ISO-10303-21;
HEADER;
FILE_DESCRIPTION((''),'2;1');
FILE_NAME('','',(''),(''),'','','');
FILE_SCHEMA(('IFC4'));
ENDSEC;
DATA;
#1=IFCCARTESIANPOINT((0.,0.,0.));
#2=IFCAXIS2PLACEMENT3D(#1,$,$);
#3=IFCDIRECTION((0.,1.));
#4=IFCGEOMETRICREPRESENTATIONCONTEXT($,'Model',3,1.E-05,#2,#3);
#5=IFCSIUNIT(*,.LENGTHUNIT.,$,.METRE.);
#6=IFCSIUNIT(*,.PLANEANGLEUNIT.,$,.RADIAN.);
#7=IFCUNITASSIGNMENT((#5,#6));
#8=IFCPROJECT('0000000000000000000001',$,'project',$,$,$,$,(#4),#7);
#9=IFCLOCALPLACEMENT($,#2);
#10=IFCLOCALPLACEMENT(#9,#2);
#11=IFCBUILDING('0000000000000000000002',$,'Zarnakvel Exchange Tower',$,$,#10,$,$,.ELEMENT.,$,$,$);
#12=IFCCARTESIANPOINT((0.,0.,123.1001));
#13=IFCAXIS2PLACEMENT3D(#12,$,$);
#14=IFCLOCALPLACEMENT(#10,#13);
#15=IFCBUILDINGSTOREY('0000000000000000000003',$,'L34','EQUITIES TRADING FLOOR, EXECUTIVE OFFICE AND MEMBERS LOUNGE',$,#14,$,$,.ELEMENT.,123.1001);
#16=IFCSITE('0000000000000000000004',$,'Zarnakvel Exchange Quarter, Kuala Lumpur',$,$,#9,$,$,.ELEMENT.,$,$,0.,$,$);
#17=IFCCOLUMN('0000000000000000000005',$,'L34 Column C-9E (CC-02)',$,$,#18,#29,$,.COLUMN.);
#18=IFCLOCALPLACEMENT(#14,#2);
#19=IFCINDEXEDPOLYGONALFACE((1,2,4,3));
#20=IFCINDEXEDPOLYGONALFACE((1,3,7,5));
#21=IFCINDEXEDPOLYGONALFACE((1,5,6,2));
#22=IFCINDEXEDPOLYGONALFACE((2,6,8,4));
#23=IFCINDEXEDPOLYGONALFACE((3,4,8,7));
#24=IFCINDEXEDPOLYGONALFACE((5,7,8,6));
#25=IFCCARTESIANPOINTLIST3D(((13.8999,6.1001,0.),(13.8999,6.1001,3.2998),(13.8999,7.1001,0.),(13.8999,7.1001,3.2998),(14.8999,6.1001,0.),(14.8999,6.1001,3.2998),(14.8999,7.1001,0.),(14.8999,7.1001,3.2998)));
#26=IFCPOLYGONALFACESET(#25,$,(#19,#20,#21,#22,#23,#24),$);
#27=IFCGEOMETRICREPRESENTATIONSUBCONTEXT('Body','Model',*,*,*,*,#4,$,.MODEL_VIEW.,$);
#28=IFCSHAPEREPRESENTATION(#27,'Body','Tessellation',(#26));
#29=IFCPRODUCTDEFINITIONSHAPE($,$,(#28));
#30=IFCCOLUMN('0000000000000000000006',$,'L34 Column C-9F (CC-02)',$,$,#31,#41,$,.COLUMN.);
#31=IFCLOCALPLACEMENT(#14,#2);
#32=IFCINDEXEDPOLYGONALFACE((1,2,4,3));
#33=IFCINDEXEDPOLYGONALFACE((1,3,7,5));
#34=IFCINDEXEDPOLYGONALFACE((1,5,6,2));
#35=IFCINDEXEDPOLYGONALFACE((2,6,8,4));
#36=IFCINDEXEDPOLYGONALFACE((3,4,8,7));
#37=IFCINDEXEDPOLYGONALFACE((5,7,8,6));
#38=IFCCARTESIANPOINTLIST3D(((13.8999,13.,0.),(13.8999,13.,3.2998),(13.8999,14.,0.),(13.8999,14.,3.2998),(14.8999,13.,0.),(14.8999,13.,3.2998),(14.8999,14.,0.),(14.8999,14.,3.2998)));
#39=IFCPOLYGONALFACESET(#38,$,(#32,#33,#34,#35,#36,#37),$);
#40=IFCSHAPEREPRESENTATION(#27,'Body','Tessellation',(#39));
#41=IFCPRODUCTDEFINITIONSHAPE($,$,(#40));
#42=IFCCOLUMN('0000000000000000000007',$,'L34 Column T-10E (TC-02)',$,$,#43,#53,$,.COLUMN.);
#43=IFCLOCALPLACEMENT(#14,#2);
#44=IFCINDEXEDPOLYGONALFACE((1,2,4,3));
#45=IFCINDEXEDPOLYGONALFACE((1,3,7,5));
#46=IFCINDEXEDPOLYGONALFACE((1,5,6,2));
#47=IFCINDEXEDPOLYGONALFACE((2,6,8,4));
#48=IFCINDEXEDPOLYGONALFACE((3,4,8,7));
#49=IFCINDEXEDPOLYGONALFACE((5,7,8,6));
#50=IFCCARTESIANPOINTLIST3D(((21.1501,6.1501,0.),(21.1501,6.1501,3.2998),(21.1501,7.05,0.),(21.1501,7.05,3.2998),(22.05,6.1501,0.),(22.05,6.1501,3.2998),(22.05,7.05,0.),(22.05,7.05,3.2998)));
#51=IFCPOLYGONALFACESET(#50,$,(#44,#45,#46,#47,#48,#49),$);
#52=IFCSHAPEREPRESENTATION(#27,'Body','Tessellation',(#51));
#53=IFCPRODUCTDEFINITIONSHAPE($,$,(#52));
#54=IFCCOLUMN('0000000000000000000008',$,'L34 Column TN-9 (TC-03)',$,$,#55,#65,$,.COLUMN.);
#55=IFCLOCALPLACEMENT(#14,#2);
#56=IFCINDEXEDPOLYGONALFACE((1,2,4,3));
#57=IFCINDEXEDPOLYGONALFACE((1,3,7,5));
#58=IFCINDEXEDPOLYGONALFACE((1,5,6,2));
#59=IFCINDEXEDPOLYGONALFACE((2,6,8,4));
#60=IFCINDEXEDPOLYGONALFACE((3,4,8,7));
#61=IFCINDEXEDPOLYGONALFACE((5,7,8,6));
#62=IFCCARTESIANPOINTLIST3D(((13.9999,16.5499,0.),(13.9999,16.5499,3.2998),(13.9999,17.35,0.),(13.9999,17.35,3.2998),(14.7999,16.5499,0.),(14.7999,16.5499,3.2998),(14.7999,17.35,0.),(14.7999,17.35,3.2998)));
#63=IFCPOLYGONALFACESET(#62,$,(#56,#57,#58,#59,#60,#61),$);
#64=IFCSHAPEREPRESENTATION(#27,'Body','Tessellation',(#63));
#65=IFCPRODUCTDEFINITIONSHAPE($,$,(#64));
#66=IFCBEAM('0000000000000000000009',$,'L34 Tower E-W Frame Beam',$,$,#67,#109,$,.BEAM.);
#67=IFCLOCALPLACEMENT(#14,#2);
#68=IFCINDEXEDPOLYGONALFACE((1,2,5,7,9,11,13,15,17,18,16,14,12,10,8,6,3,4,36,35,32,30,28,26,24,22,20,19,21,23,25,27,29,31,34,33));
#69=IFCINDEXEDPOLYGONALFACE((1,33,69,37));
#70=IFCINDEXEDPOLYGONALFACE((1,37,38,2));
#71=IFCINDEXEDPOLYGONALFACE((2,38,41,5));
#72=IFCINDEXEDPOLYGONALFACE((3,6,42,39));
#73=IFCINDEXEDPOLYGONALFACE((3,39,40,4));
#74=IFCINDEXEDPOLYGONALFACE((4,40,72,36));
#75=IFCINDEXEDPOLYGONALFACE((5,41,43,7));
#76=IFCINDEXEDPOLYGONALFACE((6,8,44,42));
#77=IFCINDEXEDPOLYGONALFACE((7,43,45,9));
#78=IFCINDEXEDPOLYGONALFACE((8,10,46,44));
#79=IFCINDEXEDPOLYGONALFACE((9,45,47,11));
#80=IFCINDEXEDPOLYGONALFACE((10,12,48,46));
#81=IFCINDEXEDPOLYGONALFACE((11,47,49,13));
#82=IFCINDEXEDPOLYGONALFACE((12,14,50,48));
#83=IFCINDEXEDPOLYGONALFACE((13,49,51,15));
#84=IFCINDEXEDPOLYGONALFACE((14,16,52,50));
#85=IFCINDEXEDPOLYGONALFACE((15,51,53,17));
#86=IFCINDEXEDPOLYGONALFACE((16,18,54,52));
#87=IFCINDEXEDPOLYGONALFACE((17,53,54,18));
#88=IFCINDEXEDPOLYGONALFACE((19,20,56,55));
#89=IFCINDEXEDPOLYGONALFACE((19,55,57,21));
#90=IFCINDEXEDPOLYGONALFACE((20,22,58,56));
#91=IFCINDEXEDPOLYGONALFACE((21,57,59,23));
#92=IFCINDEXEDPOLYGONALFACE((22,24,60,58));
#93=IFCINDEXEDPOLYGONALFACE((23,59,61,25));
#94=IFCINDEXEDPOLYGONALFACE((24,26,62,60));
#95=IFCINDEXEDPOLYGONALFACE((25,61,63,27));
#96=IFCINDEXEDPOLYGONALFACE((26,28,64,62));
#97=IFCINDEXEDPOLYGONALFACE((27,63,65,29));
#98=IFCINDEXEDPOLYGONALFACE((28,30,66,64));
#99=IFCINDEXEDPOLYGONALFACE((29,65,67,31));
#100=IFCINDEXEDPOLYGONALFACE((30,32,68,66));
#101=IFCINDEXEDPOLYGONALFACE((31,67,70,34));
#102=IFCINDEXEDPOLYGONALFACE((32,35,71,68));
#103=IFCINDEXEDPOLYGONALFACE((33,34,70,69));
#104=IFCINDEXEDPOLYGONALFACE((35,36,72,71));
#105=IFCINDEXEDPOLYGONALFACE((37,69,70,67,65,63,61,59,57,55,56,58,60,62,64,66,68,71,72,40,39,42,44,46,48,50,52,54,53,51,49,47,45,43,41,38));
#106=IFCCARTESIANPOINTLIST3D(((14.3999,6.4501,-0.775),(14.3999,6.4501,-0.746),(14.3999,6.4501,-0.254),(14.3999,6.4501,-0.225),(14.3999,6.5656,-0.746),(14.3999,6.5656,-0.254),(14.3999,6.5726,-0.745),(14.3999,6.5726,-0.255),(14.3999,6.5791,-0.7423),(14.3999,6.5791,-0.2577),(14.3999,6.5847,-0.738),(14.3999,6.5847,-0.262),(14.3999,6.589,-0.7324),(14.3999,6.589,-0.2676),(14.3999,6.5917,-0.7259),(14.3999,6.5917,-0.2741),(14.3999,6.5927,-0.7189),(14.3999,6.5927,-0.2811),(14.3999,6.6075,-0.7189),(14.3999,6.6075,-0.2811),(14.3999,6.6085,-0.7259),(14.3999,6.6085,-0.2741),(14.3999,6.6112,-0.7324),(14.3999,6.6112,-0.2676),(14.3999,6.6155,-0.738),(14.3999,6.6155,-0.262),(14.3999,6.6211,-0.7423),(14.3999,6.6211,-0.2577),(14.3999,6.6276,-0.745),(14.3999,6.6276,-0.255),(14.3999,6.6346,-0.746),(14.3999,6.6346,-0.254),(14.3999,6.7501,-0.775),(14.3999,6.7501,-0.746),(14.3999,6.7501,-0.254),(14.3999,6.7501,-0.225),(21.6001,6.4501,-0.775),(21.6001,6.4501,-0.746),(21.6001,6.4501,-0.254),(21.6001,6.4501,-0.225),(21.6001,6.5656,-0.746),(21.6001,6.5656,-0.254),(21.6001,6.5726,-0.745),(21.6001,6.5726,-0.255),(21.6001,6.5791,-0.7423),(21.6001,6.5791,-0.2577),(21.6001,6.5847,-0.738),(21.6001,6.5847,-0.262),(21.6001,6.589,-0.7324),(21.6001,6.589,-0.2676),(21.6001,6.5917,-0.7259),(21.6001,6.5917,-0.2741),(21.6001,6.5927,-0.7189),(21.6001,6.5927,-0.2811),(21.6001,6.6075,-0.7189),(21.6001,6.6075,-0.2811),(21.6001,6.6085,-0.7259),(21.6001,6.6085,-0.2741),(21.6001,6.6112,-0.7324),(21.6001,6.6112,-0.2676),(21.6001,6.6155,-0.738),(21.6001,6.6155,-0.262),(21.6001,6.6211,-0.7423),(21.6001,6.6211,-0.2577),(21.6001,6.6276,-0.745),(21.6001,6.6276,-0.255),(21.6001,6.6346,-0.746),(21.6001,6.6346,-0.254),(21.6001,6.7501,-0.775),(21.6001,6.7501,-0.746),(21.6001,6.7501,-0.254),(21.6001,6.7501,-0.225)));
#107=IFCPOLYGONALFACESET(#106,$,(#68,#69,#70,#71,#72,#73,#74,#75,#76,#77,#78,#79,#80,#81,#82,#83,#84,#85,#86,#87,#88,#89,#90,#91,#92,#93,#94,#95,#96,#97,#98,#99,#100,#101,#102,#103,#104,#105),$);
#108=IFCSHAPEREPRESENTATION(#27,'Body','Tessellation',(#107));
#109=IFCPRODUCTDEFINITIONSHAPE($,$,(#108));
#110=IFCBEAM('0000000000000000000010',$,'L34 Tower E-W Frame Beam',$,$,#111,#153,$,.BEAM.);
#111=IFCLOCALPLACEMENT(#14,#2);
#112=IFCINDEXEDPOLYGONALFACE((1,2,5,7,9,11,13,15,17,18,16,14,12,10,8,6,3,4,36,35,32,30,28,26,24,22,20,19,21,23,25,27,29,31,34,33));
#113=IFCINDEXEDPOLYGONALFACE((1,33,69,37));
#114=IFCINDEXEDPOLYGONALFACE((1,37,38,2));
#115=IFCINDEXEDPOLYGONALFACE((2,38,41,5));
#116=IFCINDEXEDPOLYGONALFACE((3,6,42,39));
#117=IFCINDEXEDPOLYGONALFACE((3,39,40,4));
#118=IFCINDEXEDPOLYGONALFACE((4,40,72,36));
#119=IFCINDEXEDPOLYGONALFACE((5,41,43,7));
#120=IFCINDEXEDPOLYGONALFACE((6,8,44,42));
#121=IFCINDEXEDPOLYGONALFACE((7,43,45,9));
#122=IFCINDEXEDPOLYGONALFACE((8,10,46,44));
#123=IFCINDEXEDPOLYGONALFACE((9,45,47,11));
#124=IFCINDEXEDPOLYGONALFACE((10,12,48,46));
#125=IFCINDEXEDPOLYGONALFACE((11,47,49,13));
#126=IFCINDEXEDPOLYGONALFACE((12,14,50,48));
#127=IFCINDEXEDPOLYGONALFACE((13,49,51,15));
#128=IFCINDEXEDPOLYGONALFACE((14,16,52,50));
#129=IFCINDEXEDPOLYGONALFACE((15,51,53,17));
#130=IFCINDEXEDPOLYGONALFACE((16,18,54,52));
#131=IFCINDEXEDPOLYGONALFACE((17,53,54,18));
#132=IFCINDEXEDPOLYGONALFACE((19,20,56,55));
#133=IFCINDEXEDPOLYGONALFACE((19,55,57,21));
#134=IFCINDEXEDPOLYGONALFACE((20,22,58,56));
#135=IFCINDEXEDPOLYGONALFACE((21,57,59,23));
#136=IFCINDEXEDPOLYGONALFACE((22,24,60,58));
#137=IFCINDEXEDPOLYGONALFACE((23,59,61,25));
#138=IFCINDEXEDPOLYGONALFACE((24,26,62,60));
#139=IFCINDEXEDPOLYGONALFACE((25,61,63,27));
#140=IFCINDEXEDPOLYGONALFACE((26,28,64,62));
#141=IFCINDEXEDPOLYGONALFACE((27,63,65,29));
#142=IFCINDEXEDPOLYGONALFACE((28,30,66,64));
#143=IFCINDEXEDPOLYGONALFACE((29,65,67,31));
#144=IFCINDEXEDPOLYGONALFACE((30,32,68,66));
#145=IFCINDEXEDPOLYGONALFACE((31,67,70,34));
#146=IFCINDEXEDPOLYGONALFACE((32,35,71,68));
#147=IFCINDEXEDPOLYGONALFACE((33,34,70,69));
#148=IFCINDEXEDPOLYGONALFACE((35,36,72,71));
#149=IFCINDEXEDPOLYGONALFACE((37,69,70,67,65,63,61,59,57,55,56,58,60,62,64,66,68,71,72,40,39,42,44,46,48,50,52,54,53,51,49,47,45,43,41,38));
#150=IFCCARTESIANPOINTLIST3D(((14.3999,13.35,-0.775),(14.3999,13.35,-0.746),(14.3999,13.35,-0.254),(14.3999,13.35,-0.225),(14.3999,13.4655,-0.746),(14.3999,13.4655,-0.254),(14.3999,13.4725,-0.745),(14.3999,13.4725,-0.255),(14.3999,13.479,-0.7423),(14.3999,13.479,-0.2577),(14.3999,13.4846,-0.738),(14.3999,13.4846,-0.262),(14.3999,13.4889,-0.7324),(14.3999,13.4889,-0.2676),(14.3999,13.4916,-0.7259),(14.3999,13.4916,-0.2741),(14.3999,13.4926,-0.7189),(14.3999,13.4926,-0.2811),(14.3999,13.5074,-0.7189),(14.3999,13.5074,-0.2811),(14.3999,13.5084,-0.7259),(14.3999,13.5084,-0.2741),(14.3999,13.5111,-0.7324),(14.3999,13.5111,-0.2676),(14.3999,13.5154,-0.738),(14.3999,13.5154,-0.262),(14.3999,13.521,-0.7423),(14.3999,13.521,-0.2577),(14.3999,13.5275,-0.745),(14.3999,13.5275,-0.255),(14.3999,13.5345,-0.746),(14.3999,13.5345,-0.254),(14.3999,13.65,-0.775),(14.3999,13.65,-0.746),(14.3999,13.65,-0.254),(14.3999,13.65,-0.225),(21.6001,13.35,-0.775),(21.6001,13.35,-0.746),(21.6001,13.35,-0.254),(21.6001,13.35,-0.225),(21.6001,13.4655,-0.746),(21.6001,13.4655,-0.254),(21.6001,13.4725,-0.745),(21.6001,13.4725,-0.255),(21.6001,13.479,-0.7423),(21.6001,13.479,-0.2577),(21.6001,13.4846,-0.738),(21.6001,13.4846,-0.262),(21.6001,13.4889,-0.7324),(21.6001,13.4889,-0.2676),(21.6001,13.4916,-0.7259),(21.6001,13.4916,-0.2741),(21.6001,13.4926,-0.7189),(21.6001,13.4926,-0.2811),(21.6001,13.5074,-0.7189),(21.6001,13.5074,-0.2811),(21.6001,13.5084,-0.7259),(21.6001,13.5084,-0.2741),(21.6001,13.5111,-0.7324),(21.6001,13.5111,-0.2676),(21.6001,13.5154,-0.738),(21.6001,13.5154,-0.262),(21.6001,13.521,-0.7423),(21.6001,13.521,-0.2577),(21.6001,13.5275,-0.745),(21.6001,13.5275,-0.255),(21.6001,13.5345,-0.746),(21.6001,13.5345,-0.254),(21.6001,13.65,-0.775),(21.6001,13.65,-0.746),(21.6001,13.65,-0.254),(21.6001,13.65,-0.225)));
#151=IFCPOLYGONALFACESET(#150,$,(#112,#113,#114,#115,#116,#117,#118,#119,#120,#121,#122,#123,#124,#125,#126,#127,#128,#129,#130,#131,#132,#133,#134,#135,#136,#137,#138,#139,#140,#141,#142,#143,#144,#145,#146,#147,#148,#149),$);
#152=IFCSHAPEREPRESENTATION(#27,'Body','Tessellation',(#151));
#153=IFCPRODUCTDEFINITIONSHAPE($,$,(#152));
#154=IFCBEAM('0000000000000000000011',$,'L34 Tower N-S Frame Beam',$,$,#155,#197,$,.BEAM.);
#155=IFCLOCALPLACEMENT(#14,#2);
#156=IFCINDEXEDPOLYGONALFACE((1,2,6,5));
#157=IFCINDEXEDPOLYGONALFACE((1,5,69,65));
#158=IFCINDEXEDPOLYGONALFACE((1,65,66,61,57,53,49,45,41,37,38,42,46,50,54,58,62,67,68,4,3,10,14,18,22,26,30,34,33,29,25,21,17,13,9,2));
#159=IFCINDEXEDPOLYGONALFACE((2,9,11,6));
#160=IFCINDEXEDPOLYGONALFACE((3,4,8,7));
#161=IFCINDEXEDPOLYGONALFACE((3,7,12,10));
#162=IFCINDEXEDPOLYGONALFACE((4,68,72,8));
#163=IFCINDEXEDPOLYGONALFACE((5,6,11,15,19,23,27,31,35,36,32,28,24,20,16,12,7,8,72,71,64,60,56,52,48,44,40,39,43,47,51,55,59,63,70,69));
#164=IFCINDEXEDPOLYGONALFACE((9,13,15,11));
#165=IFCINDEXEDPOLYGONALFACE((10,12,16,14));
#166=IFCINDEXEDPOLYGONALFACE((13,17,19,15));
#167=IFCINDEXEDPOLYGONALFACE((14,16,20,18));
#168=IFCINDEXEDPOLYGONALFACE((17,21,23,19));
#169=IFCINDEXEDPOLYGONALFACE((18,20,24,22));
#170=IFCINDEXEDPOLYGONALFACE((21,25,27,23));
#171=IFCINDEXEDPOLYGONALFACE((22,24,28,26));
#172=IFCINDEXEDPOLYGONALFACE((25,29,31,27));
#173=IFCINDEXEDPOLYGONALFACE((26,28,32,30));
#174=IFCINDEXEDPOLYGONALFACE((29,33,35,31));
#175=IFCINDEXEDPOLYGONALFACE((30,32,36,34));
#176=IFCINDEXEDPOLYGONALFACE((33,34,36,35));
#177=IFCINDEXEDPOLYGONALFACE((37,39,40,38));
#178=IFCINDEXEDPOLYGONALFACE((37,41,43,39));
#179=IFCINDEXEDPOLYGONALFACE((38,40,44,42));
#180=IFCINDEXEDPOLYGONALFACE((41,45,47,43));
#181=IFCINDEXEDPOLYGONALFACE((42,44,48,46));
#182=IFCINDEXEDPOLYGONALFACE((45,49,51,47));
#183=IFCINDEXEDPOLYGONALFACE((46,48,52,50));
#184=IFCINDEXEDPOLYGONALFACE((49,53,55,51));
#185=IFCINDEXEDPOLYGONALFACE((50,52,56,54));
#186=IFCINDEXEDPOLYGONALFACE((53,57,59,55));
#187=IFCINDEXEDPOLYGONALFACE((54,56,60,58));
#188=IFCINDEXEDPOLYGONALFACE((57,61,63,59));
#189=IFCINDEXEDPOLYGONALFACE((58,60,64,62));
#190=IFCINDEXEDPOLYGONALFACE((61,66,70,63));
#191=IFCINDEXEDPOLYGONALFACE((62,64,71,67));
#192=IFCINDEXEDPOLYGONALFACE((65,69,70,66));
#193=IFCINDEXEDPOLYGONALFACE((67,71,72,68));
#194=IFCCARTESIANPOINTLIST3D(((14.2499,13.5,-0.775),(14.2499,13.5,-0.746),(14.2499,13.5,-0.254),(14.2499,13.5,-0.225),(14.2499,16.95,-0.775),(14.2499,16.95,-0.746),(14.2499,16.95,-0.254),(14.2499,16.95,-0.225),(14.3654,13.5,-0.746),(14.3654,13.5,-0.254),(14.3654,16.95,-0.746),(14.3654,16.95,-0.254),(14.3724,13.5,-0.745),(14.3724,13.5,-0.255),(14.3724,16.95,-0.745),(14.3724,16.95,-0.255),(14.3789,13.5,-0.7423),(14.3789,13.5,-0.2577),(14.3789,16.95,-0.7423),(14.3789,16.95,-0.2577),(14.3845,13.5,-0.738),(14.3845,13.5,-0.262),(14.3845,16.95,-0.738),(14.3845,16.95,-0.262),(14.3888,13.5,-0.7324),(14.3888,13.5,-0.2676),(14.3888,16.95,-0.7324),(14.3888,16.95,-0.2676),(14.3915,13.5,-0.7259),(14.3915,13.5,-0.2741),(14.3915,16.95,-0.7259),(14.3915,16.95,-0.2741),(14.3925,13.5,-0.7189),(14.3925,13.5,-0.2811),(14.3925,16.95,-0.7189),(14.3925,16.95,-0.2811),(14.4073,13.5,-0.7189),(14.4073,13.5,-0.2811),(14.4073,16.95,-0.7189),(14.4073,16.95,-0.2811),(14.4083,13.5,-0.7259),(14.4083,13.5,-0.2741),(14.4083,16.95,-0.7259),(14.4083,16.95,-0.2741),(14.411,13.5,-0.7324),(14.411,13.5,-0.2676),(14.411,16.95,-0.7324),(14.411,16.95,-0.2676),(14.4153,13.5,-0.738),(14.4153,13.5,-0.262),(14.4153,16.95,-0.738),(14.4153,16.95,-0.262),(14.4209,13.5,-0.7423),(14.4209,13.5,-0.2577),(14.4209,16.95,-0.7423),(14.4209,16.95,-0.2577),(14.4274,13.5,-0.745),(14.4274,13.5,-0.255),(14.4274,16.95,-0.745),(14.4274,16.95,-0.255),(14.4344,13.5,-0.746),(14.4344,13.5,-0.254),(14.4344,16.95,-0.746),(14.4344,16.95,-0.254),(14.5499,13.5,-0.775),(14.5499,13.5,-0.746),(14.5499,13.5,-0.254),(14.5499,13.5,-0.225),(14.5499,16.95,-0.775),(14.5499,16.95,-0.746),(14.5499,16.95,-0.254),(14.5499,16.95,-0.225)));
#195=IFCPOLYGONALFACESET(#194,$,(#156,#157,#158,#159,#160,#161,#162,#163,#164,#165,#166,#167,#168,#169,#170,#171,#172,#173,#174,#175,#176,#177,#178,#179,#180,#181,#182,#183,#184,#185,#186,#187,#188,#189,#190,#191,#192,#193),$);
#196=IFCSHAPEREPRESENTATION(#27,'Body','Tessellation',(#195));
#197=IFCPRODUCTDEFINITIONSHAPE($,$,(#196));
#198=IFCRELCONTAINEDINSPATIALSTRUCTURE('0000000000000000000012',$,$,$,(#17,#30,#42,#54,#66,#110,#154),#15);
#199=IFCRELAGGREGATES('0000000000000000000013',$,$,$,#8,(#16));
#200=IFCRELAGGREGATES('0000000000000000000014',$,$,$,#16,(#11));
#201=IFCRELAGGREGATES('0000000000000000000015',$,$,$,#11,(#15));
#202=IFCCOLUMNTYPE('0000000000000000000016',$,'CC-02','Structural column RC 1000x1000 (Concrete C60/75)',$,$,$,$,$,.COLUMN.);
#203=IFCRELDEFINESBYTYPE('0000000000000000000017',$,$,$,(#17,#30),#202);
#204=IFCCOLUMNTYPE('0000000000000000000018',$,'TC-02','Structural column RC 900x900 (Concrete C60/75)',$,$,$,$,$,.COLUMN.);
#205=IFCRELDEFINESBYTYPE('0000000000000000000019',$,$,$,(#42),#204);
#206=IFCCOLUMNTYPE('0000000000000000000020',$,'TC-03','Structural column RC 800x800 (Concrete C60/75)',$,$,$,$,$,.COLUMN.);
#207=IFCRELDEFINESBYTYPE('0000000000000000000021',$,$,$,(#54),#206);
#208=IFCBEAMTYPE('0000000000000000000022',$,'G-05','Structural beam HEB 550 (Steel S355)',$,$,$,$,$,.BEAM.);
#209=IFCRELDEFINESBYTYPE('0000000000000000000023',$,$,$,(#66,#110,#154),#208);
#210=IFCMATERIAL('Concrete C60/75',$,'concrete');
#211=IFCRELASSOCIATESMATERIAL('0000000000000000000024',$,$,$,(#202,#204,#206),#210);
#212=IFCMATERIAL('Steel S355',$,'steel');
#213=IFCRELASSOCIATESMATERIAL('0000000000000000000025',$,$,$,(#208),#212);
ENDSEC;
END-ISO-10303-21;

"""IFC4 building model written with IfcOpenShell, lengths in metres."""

from ifc_helpers import new_model, si_unit, direction, frame, origin, origin_2d, place, context, subcontext, project, spatial, rectangle, i_section, extrude, material, material_profile, profile_set, type_object, element, save


model = new_model("IFC4")

# Units and contexts
model_context = context("Model", 3, precision=1e-05, world=origin(), true_north=direction((0.0, 1.0)))
body_context = subcontext(model_context, "Body", "Model", "MODEL_VIEW")
ifc_project = project(units=[si_unit("LENGTHUNIT", "METRE"), si_unit("PLANEANGLEUNIT", "RADIAN")], contexts=[model_context])

# Site, building, storey
site_placement = place(None, origin())
site = spatial("IfcSite", under=ifc_project, at=site_placement, Name="Zarnakvel Exchange Quarter, Kuala Lumpur", CompositionType="ELEMENT", RefElevation=0.0)
building_placement = place(site_placement, origin())
building = spatial("IfcBuilding", under=site, at=building_placement, Name="Zarnakvel Exchange Tower", CompositionType="ELEMENT")
storey_placement = place(building_placement, frame((0.0, 0.0, 123.1001)))
storey = spatial("IfcBuildingStorey", under=building, at=storey_placement, Name="L34", Description="EQUITIES TRADING FLOOR, EXECUTIVE OFFICE AND MEMBERS LOUNGE", CompositionType="ELEMENT", Elevation=123.1001)

# Columns
ifc_material_1 = material(Name="Concrete C60/75", Category="concrete")
ifc_material_profile_1 = material_profile(ifc_material_1, rectangle(XDim=1.0, YDim=1.0, at=origin_2d()))
ifc_profile_set_1 = profile_set([ifc_material_profile_1], Name="Concrete C60/75")
column_type_1 = type_object("IfcColumnType", Name="CC-02", Description="Structural column RC 1000x1000 (Concrete C60/75)", PredefinedType="COLUMN", material=ifc_profile_set_1)
for number, where, z_axis, x_axis, name in (
    (1, (14.3999, 6.6001, 0.0), (0.0, 0.0, 1.0), (1.0, 0.0, 0.0), "L34 Column C-9E (CC-02)"),
    (2, (14.3999, 13.5, 0.0), (0.0, 0.0, 1.0), (1.0, 0.0, 0.0), "L34 Column C-9F (CC-02)"),
):
    element("IfcColumn", number, at=place(storey_placement, frame(where, z_axis=z_axis, x_axis=x_axis)), inside=storey, type_object=column_type_1, Name=name, PredefinedType="COLUMN", context=body_context, shape_type="SweptSolid", body=[
        extrude(rectangle(XDim=1.0, YDim=1.0, at=origin_2d()), origin(), (0.0, 0.0, 1.0), 3.2998),
    ])
ifc_material_profile_2 = material_profile(ifc_material_1, rectangle(XDim=0.8999, YDim=0.8999, at=origin_2d()))
ifc_profile_set_2 = profile_set([ifc_material_profile_2], Name="Concrete C60/75")
column_type_2 = type_object("IfcColumnType", Name="TC-02", Description="Structural column RC 900x900 (Concrete C60/75)", PredefinedType="COLUMN", material=ifc_profile_set_2)
column_1_placement = place(storey_placement, frame((21.6001, 6.6001, 0.0), z_axis=(0.0, 0.0, 1.0), x_axis=(1.0, 0.0, 0.0)))
element("IfcColumn", 3, at=column_1_placement, inside=storey, type_object=column_type_2, Name="L34 Column T-10E (TC-02)", PredefinedType="COLUMN", context=body_context, shape_type="SweptSolid", body=[
    extrude(rectangle(XDim=0.8999, YDim=0.8999, at=origin_2d()), origin(), (0.0, 0.0, 1.0), 3.2998),
])
ifc_material_profile_3 = material_profile(ifc_material_1, rectangle(XDim=0.8, YDim=0.8, at=origin_2d()))
ifc_profile_set_3 = profile_set([ifc_material_profile_3], Name="Concrete C60/75")
column_type_3 = type_object("IfcColumnType", Name="TC-03", Description="Structural column RC 800x800 (Concrete C60/75)", PredefinedType="COLUMN", material=ifc_profile_set_3)
column_2_placement = place(storey_placement, frame((14.3999, 16.95, 0.0), z_axis=(0.0, 0.0, 1.0), x_axis=(1.0, 0.0, 0.0)))
element("IfcColumn", 4, at=column_2_placement, inside=storey, type_object=column_type_3, Name="L34 Column TN-9 (TC-03)", PredefinedType="COLUMN", context=body_context, shape_type="SweptSolid", body=[
    extrude(rectangle(XDim=0.8, YDim=0.8, at=origin_2d()), origin(), (0.0, 0.0, 1.0), 3.2998),
])

# Beams
ifc_material_2 = material(Name="Steel S355", Category="steel")
ifc_material_profile_4 = material_profile(ifc_material_2, i_section(OverallWidth=0.3, OverallDepth=0.55, WebThickness=0.0149, FlangeThickness=0.0291, FilletRadius=0.0271, at=origin_2d()))
ifc_profile_set_4 = profile_set([ifc_material_profile_4], Name="Steel S355")
beam_type_1 = type_object("IfcBeamType", Name="G-05", Description="Structural beam HEB 550 (Steel S355)", PredefinedType="BEAM", material=ifc_profile_set_4)
for number, where, z_axis, x_axis, name in (
    (5, (14.3999, 6.6001, -0.5), (1.0, 0.0, 0.0), (0.0, 1.0, 0.0), "L34 Tower E-W Frame Beam"),
    (6, (14.3999, 13.5, -0.5), (1.0, 0.0, 0.0), (0.0, 1.0, 0.0), "L34 Tower E-W Frame Beam"),
):
    element("IfcBeam", number, at=place(storey_placement, frame(where, z_axis=z_axis, x_axis=x_axis)), inside=storey, type_object=beam_type_1, Name=name, PredefinedType="BEAM", context=body_context, shape_type="SweptSolid", body=[
        extrude(i_section(OverallWidth=0.3, OverallDepth=0.55, WebThickness=0.0149, FlangeThickness=0.0291, FilletRadius=0.0271, at=origin_2d()), origin(), (0.0, 0.0, 1.0), 7.2002),
    ])
beam_1_placement = place(storey_placement, frame((14.3999, 13.5, -0.5), z_axis=(0.0, 1.0, 0.0), x_axis=(-1.0, 0.0, 0.0)))
element("IfcBeam", 7, at=beam_1_placement, inside=storey, type_object=beam_type_1, Name="L34 Tower N-S Frame Beam", PredefinedType="BEAM", context=body_context, shape_type="SweptSolid", body=[
    extrude(i_section(OverallWidth=0.3, OverallDepth=0.55, WebThickness=0.0149, FlangeThickness=0.0291, FilletRadius=0.0271, at=origin_2d()), origin(), (0.0, 0.0, 1.0), 3.45),
])

save(model, "model.ifc")
